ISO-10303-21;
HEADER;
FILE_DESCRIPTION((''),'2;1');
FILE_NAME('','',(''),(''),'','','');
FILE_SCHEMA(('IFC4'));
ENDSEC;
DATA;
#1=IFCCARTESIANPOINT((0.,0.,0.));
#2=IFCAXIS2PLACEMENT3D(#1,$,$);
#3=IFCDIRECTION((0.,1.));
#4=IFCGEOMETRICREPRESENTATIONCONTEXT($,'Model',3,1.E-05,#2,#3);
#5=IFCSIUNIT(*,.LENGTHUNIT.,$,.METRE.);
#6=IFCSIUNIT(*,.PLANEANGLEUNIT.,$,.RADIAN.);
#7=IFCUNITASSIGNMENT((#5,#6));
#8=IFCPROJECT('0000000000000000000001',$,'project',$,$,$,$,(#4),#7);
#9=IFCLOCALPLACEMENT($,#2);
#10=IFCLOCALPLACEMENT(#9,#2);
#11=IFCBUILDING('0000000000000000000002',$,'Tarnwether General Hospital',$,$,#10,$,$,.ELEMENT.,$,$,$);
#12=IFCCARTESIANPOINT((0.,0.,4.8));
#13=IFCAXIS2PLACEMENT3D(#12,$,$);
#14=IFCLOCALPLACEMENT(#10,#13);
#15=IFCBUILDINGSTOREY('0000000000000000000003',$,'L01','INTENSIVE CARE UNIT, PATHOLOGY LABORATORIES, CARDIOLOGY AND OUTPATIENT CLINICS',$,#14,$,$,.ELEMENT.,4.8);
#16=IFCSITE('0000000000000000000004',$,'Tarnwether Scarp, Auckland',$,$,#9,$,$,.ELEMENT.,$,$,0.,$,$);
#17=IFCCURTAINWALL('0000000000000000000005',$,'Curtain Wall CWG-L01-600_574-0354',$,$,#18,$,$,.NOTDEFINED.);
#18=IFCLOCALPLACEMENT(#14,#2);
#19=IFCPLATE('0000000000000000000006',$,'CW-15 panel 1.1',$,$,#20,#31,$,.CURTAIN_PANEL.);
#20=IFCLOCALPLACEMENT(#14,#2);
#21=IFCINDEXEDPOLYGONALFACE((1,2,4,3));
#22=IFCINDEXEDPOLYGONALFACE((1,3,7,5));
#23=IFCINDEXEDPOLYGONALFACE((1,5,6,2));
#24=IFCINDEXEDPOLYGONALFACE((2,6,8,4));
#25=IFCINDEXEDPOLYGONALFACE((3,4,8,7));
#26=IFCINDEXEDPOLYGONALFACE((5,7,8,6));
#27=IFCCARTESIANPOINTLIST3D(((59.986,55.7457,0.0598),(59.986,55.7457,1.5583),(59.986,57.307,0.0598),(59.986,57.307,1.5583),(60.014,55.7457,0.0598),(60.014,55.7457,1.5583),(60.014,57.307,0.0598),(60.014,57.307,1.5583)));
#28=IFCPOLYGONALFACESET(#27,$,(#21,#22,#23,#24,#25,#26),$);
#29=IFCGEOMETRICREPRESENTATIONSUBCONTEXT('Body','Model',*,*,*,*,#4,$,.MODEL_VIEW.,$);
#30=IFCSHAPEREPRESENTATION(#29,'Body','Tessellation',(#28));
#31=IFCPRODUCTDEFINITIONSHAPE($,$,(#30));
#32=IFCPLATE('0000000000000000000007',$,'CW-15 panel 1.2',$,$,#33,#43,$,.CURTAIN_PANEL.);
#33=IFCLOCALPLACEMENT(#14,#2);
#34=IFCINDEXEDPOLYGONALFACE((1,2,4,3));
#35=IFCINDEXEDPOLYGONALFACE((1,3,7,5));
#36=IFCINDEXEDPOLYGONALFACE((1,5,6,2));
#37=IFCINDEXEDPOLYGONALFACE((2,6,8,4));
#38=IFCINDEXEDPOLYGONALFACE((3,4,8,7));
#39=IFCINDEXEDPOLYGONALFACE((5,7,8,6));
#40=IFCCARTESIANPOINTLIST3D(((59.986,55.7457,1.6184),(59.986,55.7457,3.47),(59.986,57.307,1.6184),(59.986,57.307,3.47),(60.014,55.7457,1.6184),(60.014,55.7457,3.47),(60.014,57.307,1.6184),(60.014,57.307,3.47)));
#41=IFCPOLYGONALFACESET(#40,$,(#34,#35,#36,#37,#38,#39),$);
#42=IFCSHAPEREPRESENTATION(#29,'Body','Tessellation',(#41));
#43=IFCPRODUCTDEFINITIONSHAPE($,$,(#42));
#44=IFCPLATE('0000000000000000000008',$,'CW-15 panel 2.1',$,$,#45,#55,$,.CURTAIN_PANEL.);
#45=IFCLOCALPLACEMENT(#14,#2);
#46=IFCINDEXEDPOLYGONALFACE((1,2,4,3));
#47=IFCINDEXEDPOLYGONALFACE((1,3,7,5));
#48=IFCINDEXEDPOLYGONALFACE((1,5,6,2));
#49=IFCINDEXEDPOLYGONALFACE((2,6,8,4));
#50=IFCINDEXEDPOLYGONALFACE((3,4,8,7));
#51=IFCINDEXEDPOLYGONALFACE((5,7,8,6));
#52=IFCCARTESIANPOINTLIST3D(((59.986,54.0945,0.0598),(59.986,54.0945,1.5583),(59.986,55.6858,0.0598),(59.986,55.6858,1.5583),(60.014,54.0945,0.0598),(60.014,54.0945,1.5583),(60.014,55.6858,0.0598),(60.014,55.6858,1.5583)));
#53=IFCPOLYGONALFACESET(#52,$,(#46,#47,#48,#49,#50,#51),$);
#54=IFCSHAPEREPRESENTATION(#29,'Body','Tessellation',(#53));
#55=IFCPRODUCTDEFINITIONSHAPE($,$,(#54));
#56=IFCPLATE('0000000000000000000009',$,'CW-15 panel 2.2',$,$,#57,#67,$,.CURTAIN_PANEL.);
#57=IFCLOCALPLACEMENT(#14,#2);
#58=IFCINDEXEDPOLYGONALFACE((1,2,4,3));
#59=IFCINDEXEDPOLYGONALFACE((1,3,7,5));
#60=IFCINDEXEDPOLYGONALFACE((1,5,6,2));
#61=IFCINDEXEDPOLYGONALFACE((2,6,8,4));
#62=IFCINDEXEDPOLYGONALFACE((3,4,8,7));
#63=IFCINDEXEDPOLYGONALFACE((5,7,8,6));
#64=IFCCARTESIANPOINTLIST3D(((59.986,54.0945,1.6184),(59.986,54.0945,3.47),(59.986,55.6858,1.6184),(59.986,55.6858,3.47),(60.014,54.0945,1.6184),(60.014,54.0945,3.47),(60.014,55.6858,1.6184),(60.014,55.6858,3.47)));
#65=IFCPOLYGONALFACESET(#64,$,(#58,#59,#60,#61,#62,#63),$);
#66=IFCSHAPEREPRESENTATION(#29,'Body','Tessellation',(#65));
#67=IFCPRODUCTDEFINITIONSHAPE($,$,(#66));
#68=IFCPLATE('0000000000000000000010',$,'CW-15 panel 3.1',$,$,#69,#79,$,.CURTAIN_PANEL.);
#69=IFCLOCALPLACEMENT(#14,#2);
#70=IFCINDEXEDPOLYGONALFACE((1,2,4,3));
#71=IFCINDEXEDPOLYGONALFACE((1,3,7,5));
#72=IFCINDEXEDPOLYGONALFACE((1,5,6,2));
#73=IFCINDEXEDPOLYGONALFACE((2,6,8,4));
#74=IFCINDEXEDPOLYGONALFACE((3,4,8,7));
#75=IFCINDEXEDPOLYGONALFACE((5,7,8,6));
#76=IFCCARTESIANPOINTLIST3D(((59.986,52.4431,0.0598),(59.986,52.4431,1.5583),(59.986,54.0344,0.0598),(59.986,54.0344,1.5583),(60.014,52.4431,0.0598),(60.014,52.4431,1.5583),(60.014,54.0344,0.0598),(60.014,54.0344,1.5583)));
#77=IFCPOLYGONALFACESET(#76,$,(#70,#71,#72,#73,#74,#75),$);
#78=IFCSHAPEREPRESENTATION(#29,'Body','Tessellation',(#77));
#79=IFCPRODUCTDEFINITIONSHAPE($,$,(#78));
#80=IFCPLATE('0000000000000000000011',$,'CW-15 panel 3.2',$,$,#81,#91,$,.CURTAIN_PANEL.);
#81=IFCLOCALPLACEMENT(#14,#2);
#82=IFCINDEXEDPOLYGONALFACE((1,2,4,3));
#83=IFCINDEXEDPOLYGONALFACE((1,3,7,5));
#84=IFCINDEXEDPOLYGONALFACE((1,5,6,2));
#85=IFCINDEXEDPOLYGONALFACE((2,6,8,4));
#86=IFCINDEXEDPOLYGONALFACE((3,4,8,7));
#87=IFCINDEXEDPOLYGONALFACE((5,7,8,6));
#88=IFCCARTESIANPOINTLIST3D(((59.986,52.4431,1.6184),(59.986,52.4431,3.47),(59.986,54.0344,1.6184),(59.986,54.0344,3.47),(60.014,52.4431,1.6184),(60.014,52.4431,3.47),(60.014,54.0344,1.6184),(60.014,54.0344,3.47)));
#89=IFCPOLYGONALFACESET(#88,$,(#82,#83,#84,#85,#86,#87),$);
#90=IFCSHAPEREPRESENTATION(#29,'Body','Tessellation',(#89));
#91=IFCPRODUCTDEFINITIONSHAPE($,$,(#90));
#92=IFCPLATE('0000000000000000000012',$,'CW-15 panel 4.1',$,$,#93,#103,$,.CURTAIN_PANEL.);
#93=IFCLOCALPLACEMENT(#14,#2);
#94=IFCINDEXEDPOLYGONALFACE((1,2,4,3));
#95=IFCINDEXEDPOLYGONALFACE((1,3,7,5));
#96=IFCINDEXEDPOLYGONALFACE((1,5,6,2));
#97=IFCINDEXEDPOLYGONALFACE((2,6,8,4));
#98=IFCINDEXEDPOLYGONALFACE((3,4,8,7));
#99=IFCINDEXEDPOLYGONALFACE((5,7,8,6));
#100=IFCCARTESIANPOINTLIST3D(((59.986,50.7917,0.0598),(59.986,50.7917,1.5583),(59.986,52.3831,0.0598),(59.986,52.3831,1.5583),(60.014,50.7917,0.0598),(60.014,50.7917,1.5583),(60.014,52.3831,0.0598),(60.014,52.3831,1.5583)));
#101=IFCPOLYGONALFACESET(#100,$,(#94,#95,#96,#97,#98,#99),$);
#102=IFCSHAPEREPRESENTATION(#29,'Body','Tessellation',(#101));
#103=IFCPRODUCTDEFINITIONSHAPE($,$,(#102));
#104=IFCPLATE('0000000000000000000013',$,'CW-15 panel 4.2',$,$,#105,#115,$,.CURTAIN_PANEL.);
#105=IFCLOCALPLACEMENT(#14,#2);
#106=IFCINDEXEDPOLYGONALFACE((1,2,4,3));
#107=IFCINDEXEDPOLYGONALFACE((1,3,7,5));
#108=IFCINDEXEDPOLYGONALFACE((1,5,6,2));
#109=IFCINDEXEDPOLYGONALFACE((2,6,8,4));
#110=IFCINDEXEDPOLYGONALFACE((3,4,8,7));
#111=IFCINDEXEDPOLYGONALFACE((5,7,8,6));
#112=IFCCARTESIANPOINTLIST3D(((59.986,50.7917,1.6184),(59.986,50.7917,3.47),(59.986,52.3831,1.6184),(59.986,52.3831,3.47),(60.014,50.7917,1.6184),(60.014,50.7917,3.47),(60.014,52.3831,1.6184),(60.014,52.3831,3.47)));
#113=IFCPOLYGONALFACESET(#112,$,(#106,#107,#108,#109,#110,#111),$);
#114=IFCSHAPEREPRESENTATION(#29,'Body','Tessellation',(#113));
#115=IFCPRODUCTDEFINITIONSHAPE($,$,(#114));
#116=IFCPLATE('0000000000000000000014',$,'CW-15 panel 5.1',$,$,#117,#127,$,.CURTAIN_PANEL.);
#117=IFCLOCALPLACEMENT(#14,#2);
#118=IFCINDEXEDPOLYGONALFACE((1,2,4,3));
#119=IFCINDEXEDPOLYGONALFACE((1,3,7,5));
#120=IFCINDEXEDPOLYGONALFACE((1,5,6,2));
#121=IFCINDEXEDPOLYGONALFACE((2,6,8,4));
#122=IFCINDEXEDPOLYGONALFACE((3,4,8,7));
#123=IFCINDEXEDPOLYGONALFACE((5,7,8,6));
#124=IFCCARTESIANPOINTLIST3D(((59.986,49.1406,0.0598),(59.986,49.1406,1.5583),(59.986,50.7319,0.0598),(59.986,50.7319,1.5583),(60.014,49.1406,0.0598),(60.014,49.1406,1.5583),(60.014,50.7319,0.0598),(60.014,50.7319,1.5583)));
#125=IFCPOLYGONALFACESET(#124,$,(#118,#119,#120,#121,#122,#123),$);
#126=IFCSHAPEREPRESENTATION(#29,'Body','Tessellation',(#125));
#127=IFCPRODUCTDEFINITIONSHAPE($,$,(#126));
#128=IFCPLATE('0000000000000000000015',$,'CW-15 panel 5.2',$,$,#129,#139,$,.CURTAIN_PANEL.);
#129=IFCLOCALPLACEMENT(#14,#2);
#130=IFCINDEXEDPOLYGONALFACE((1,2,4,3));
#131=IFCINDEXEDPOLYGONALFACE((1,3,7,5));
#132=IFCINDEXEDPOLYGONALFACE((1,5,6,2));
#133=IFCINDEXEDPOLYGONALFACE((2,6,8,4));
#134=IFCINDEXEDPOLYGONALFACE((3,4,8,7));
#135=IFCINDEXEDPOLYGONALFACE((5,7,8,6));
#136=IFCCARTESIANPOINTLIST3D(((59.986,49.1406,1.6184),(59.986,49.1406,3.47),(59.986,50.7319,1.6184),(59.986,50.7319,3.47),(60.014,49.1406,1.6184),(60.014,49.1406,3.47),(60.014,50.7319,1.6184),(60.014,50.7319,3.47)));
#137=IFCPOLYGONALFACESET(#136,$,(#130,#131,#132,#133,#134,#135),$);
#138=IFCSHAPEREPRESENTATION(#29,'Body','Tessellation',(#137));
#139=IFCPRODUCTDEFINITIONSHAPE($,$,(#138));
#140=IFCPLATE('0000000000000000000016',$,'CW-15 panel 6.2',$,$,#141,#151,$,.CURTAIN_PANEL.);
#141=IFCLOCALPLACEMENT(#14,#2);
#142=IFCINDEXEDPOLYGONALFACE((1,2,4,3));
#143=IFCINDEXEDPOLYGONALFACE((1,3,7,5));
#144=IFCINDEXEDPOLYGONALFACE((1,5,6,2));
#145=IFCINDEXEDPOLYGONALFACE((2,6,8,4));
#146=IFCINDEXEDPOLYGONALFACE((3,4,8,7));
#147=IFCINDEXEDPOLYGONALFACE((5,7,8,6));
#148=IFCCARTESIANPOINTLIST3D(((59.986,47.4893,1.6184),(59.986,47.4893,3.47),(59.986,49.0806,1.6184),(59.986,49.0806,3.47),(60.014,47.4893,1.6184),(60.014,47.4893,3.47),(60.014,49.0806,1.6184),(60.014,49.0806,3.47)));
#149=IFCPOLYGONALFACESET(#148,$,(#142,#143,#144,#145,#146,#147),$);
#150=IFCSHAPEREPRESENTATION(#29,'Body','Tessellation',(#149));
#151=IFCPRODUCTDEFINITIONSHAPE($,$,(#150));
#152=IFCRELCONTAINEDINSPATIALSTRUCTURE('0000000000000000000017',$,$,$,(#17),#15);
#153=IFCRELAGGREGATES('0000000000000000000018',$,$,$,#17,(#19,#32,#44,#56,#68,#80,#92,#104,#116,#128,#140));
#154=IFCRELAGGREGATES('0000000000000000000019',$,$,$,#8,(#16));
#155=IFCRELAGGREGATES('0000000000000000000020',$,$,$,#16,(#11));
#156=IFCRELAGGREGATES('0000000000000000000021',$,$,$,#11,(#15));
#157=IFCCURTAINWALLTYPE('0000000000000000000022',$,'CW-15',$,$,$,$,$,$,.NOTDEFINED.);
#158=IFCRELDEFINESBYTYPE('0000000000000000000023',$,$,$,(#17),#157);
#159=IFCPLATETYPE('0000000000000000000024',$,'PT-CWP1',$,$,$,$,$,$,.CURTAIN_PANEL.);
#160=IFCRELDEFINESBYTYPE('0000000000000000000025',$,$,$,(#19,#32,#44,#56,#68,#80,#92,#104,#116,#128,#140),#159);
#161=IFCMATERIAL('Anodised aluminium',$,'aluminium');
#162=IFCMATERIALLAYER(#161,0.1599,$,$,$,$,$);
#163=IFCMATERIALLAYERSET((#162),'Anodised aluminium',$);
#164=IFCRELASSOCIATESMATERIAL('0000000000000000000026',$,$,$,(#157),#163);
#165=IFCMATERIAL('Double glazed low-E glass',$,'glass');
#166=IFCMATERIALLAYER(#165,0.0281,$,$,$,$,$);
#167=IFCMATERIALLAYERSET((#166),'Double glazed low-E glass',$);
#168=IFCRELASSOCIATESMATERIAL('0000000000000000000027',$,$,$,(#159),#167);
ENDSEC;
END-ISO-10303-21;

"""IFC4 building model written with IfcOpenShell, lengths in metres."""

from ifc_helpers import new_model, si_unit, direction, frame, origin, origin_2d, place, context, subcontext, project, spatial, rectangle, extrude, material, layer, layer_set, type_object, element, aggregate, save


model = new_model("IFC4")

# Units and contexts
model_context = context("Model", 3, precision=1e-05, world=origin(), true_north=direction((0.0, 1.0)))
body_context = subcontext(model_context, "Body", "Model", "MODEL_VIEW")
ifc_project = project(units=[si_unit("LENGTHUNIT", "METRE"), si_unit("PLANEANGLEUNIT", "RADIAN")], contexts=[model_context])

# Site, building, storey
site_placement = place(None, origin())
site = spatial("IfcSite", under=ifc_project, at=site_placement, Name="Tarnwether Scarp, Auckland", CompositionType="ELEMENT", RefElevation=0.0)
building_placement = place(site_placement, origin())
building = spatial("IfcBuilding", under=site, at=building_placement, Name="Tarnwether General Hospital", CompositionType="ELEMENT")
storey_placement = place(building_placement, frame((0.0, 0.0, 4.8)))
storey = spatial("IfcBuildingStorey", under=building, at=storey_placement, Name="L01", Description="INTENSIVE CARE UNIT, PATHOLOGY LABORATORIES, CARDIOLOGY AND OUTPATIENT CLINICS", CompositionType="ELEMENT", Elevation=4.8)

# Shared definitions
ifc_material_1 = material(Name="Anodised aluminium", Category="aluminium")
ifc_layer_1 = layer(ifc_material_1, 0.1599)
ifc_layer_set_1 = layer_set([ifc_layer_1], Name="Anodised aluminium")
curtain_wall_type = type_object("IfcCurtainWallType", Name="CW-15", PredefinedType="NOTDEFINED", material=ifc_layer_set_1)

# Curtain wall
curtain_wall_1_placement = place(storey_placement, origin())
curtain_wall_1 = element("IfcCurtainWall", 1, at=curtain_wall_1_placement, inside=storey, type_object=curtain_wall_type, Name="Curtain Wall CWG-L01-600_574-0354", PredefinedType="NOTDEFINED")

# Plates
ifc_material_2 = material(Name="Double glazed low-E glass", Category="glass")
ifc_layer_2 = layer(ifc_material_2, 0.0281)
ifc_layer_set_2 = layer_set([ifc_layer_2], Name="Double glazed low-E glass")
plate_type = type_object("IfcPlateType", Name="PT-CWP1", PredefinedType="CURTAIN_PANEL", material=ifc_layer_set_2)
plate_1_placement = place(storey_placement, frame((60.0, 56.5264, 0.0598), z_axis=(0.0, 0.0, 1.0), x_axis=(0.0, -1.0, 0.0)))
plate_1 = element("IfcPlate", 2, at=plate_1_placement, type_object=plate_type, Name="CW-15 panel 1.1", PredefinedType="CURTAIN_PANEL", context=body_context, shape_type="SweptSolid", body=[
    extrude(rectangle(XDim=1.5613, YDim=0.0281, at=origin_2d()), origin(), (0.0, 0.0, 1.0), 1.4985),
])
plate_2_placement = place(storey_placement, frame((60.0, 56.5264, 1.6184), z_axis=(0.0, 0.0, 1.0), x_axis=(0.0, -1.0, 0.0)))
plate_2 = element("IfcPlate", 3, at=plate_2_placement, type_object=plate_type, Name="CW-15 panel 1.2", PredefinedType="CURTAIN_PANEL", context=body_context, shape_type="SweptSolid", body=[
    extrude(rectangle(XDim=1.5613, YDim=0.0281, at=origin_2d()), origin(), (0.0, 0.0, 1.0), 1.8516),
])
plate_3_placement = place(storey_placement, frame((60.0, 54.8901, 0.0598), z_axis=(0.0, 0.0, 1.0), x_axis=(0.0, -1.0, 0.0)))
plate_3 = element("IfcPlate", 4, at=plate_3_placement, type_object=plate_type, Name="CW-15 panel 2.1", PredefinedType="CURTAIN_PANEL", context=body_context, shape_type="SweptSolid", body=[
    extrude(rectangle(XDim=1.5913, YDim=0.0281, at=origin_2d()), origin(), (0.0, 0.0, 1.0), 1.4985),
])
plate_4_placement = place(storey_placement, frame((60.0, 54.8901, 1.6184), z_axis=(0.0, 0.0, 1.0), x_axis=(0.0, -1.0, 0.0)))
plate_4 = element("IfcPlate", 5, at=plate_4_placement, type_object=plate_type, Name="CW-15 panel 2.2", PredefinedType="CURTAIN_PANEL", context=body_context, shape_type="SweptSolid", body=[
    extrude(rectangle(XDim=1.5913, YDim=0.0281, at=origin_2d()), origin(), (0.0, 0.0, 1.0), 1.8516),
])
plate_5_placement = place(storey_placement, frame((60.0, 53.2388, 0.0598), z_axis=(0.0, 0.0, 1.0), x_axis=(0.0, -1.0, 0.0)))
plate_5 = element("IfcPlate", 6, at=plate_5_placement, type_object=plate_type, Name="CW-15 panel 3.1", PredefinedType="CURTAIN_PANEL", context=body_context, shape_type="SweptSolid", body=[
    extrude(rectangle(XDim=1.5913, YDim=0.0281, at=origin_2d()), origin(), (0.0, 0.0, 1.0), 1.4985),
])
plate_6_placement = place(storey_placement, frame((60.0, 53.2388, 1.6184), z_axis=(0.0, 0.0, 1.0), x_axis=(0.0, -1.0, 0.0)))
plate_6 = element("IfcPlate", 7, at=plate_6_placement, type_object=plate_type, Name="CW-15 panel 3.2", PredefinedType="CURTAIN_PANEL", context=body_context, shape_type="SweptSolid", body=[
    extrude(rectangle(XDim=1.5913, YDim=0.0281, at=origin_2d()), origin(), (0.0, 0.0, 1.0), 1.8516),
])
plate_7_placement = place(storey_placement, frame((60.0, 51.5874, 0.0598), z_axis=(0.0, 0.0, 1.0), x_axis=(0.0, -1.0, 0.0)))
plate_7 = element("IfcPlate", 8, at=plate_7_placement, type_object=plate_type, Name="CW-15 panel 4.1", PredefinedType="CURTAIN_PANEL", context=body_context, shape_type="SweptSolid", body=[
    extrude(rectangle(XDim=1.5913, YDim=0.0281, at=origin_2d()), origin(), (0.0, 0.0, 1.0), 1.4985),
])
plate_8_placement = place(storey_placement, frame((60.0, 51.5874, 1.6184), z_axis=(0.0, 0.0, 1.0), x_axis=(0.0, -1.0, 0.0)))
plate_8 = element("IfcPlate", 9, at=plate_8_placement, type_object=plate_type, Name="CW-15 panel 4.2", PredefinedType="CURTAIN_PANEL", context=body_context, shape_type="SweptSolid", body=[
    extrude(rectangle(XDim=1.5913, YDim=0.0281, at=origin_2d()), origin(), (0.0, 0.0, 1.0), 1.8516),
])
plate_9_placement = place(storey_placement, frame((60.0, 49.9363, 0.0598), z_axis=(0.0, 0.0, 1.0), x_axis=(0.0, -1.0, 0.0)))
plate_9 = element("IfcPlate", 10, at=plate_9_placement, type_object=plate_type, Name="CW-15 panel 5.1", PredefinedType="CURTAIN_PANEL", context=body_context, shape_type="SweptSolid", body=[
    extrude(rectangle(XDim=1.5913, YDim=0.0281, at=origin_2d()), origin(), (0.0, 0.0, 1.0), 1.4985),
])
plate_10_placement = place(storey_placement, frame((60.0, 49.9363, 1.6184), z_axis=(0.0, 0.0, 1.0), x_axis=(0.0, -1.0, 0.0)))
plate_10 = element("IfcPlate", 11, at=plate_10_placement, type_object=plate_type, Name="CW-15 panel 5.2", PredefinedType="CURTAIN_PANEL", context=body_context, shape_type="SweptSolid", body=[
    extrude(rectangle(XDim=1.5913, YDim=0.0281, at=origin_2d()), origin(), (0.0, 0.0, 1.0), 1.8516),
])
plate_11_placement = place(storey_placement, frame((60.0, 48.2849, 1.6184), z_axis=(0.0, 0.0, 1.0), x_axis=(0.0, -1.0, 0.0)))
plate_11 = element("IfcPlate", 12, at=plate_11_placement, type_object=plate_type, Name="CW-15 panel 6.2", PredefinedType="CURTAIN_PANEL", context=body_context, shape_type="SweptSolid", body=[
    extrude(rectangle(XDim=1.5913, YDim=0.0281, at=origin_2d()), origin(), (0.0, 0.0, 1.0), 1.8516),
])
aggregate(curtain_wall_1, [plate_1, plate_2, plate_3, plate_4, plate_5, plate_6, plate_7, plate_8, plate_9, plate_10, plate_11])

save(model, "model.ifc")
